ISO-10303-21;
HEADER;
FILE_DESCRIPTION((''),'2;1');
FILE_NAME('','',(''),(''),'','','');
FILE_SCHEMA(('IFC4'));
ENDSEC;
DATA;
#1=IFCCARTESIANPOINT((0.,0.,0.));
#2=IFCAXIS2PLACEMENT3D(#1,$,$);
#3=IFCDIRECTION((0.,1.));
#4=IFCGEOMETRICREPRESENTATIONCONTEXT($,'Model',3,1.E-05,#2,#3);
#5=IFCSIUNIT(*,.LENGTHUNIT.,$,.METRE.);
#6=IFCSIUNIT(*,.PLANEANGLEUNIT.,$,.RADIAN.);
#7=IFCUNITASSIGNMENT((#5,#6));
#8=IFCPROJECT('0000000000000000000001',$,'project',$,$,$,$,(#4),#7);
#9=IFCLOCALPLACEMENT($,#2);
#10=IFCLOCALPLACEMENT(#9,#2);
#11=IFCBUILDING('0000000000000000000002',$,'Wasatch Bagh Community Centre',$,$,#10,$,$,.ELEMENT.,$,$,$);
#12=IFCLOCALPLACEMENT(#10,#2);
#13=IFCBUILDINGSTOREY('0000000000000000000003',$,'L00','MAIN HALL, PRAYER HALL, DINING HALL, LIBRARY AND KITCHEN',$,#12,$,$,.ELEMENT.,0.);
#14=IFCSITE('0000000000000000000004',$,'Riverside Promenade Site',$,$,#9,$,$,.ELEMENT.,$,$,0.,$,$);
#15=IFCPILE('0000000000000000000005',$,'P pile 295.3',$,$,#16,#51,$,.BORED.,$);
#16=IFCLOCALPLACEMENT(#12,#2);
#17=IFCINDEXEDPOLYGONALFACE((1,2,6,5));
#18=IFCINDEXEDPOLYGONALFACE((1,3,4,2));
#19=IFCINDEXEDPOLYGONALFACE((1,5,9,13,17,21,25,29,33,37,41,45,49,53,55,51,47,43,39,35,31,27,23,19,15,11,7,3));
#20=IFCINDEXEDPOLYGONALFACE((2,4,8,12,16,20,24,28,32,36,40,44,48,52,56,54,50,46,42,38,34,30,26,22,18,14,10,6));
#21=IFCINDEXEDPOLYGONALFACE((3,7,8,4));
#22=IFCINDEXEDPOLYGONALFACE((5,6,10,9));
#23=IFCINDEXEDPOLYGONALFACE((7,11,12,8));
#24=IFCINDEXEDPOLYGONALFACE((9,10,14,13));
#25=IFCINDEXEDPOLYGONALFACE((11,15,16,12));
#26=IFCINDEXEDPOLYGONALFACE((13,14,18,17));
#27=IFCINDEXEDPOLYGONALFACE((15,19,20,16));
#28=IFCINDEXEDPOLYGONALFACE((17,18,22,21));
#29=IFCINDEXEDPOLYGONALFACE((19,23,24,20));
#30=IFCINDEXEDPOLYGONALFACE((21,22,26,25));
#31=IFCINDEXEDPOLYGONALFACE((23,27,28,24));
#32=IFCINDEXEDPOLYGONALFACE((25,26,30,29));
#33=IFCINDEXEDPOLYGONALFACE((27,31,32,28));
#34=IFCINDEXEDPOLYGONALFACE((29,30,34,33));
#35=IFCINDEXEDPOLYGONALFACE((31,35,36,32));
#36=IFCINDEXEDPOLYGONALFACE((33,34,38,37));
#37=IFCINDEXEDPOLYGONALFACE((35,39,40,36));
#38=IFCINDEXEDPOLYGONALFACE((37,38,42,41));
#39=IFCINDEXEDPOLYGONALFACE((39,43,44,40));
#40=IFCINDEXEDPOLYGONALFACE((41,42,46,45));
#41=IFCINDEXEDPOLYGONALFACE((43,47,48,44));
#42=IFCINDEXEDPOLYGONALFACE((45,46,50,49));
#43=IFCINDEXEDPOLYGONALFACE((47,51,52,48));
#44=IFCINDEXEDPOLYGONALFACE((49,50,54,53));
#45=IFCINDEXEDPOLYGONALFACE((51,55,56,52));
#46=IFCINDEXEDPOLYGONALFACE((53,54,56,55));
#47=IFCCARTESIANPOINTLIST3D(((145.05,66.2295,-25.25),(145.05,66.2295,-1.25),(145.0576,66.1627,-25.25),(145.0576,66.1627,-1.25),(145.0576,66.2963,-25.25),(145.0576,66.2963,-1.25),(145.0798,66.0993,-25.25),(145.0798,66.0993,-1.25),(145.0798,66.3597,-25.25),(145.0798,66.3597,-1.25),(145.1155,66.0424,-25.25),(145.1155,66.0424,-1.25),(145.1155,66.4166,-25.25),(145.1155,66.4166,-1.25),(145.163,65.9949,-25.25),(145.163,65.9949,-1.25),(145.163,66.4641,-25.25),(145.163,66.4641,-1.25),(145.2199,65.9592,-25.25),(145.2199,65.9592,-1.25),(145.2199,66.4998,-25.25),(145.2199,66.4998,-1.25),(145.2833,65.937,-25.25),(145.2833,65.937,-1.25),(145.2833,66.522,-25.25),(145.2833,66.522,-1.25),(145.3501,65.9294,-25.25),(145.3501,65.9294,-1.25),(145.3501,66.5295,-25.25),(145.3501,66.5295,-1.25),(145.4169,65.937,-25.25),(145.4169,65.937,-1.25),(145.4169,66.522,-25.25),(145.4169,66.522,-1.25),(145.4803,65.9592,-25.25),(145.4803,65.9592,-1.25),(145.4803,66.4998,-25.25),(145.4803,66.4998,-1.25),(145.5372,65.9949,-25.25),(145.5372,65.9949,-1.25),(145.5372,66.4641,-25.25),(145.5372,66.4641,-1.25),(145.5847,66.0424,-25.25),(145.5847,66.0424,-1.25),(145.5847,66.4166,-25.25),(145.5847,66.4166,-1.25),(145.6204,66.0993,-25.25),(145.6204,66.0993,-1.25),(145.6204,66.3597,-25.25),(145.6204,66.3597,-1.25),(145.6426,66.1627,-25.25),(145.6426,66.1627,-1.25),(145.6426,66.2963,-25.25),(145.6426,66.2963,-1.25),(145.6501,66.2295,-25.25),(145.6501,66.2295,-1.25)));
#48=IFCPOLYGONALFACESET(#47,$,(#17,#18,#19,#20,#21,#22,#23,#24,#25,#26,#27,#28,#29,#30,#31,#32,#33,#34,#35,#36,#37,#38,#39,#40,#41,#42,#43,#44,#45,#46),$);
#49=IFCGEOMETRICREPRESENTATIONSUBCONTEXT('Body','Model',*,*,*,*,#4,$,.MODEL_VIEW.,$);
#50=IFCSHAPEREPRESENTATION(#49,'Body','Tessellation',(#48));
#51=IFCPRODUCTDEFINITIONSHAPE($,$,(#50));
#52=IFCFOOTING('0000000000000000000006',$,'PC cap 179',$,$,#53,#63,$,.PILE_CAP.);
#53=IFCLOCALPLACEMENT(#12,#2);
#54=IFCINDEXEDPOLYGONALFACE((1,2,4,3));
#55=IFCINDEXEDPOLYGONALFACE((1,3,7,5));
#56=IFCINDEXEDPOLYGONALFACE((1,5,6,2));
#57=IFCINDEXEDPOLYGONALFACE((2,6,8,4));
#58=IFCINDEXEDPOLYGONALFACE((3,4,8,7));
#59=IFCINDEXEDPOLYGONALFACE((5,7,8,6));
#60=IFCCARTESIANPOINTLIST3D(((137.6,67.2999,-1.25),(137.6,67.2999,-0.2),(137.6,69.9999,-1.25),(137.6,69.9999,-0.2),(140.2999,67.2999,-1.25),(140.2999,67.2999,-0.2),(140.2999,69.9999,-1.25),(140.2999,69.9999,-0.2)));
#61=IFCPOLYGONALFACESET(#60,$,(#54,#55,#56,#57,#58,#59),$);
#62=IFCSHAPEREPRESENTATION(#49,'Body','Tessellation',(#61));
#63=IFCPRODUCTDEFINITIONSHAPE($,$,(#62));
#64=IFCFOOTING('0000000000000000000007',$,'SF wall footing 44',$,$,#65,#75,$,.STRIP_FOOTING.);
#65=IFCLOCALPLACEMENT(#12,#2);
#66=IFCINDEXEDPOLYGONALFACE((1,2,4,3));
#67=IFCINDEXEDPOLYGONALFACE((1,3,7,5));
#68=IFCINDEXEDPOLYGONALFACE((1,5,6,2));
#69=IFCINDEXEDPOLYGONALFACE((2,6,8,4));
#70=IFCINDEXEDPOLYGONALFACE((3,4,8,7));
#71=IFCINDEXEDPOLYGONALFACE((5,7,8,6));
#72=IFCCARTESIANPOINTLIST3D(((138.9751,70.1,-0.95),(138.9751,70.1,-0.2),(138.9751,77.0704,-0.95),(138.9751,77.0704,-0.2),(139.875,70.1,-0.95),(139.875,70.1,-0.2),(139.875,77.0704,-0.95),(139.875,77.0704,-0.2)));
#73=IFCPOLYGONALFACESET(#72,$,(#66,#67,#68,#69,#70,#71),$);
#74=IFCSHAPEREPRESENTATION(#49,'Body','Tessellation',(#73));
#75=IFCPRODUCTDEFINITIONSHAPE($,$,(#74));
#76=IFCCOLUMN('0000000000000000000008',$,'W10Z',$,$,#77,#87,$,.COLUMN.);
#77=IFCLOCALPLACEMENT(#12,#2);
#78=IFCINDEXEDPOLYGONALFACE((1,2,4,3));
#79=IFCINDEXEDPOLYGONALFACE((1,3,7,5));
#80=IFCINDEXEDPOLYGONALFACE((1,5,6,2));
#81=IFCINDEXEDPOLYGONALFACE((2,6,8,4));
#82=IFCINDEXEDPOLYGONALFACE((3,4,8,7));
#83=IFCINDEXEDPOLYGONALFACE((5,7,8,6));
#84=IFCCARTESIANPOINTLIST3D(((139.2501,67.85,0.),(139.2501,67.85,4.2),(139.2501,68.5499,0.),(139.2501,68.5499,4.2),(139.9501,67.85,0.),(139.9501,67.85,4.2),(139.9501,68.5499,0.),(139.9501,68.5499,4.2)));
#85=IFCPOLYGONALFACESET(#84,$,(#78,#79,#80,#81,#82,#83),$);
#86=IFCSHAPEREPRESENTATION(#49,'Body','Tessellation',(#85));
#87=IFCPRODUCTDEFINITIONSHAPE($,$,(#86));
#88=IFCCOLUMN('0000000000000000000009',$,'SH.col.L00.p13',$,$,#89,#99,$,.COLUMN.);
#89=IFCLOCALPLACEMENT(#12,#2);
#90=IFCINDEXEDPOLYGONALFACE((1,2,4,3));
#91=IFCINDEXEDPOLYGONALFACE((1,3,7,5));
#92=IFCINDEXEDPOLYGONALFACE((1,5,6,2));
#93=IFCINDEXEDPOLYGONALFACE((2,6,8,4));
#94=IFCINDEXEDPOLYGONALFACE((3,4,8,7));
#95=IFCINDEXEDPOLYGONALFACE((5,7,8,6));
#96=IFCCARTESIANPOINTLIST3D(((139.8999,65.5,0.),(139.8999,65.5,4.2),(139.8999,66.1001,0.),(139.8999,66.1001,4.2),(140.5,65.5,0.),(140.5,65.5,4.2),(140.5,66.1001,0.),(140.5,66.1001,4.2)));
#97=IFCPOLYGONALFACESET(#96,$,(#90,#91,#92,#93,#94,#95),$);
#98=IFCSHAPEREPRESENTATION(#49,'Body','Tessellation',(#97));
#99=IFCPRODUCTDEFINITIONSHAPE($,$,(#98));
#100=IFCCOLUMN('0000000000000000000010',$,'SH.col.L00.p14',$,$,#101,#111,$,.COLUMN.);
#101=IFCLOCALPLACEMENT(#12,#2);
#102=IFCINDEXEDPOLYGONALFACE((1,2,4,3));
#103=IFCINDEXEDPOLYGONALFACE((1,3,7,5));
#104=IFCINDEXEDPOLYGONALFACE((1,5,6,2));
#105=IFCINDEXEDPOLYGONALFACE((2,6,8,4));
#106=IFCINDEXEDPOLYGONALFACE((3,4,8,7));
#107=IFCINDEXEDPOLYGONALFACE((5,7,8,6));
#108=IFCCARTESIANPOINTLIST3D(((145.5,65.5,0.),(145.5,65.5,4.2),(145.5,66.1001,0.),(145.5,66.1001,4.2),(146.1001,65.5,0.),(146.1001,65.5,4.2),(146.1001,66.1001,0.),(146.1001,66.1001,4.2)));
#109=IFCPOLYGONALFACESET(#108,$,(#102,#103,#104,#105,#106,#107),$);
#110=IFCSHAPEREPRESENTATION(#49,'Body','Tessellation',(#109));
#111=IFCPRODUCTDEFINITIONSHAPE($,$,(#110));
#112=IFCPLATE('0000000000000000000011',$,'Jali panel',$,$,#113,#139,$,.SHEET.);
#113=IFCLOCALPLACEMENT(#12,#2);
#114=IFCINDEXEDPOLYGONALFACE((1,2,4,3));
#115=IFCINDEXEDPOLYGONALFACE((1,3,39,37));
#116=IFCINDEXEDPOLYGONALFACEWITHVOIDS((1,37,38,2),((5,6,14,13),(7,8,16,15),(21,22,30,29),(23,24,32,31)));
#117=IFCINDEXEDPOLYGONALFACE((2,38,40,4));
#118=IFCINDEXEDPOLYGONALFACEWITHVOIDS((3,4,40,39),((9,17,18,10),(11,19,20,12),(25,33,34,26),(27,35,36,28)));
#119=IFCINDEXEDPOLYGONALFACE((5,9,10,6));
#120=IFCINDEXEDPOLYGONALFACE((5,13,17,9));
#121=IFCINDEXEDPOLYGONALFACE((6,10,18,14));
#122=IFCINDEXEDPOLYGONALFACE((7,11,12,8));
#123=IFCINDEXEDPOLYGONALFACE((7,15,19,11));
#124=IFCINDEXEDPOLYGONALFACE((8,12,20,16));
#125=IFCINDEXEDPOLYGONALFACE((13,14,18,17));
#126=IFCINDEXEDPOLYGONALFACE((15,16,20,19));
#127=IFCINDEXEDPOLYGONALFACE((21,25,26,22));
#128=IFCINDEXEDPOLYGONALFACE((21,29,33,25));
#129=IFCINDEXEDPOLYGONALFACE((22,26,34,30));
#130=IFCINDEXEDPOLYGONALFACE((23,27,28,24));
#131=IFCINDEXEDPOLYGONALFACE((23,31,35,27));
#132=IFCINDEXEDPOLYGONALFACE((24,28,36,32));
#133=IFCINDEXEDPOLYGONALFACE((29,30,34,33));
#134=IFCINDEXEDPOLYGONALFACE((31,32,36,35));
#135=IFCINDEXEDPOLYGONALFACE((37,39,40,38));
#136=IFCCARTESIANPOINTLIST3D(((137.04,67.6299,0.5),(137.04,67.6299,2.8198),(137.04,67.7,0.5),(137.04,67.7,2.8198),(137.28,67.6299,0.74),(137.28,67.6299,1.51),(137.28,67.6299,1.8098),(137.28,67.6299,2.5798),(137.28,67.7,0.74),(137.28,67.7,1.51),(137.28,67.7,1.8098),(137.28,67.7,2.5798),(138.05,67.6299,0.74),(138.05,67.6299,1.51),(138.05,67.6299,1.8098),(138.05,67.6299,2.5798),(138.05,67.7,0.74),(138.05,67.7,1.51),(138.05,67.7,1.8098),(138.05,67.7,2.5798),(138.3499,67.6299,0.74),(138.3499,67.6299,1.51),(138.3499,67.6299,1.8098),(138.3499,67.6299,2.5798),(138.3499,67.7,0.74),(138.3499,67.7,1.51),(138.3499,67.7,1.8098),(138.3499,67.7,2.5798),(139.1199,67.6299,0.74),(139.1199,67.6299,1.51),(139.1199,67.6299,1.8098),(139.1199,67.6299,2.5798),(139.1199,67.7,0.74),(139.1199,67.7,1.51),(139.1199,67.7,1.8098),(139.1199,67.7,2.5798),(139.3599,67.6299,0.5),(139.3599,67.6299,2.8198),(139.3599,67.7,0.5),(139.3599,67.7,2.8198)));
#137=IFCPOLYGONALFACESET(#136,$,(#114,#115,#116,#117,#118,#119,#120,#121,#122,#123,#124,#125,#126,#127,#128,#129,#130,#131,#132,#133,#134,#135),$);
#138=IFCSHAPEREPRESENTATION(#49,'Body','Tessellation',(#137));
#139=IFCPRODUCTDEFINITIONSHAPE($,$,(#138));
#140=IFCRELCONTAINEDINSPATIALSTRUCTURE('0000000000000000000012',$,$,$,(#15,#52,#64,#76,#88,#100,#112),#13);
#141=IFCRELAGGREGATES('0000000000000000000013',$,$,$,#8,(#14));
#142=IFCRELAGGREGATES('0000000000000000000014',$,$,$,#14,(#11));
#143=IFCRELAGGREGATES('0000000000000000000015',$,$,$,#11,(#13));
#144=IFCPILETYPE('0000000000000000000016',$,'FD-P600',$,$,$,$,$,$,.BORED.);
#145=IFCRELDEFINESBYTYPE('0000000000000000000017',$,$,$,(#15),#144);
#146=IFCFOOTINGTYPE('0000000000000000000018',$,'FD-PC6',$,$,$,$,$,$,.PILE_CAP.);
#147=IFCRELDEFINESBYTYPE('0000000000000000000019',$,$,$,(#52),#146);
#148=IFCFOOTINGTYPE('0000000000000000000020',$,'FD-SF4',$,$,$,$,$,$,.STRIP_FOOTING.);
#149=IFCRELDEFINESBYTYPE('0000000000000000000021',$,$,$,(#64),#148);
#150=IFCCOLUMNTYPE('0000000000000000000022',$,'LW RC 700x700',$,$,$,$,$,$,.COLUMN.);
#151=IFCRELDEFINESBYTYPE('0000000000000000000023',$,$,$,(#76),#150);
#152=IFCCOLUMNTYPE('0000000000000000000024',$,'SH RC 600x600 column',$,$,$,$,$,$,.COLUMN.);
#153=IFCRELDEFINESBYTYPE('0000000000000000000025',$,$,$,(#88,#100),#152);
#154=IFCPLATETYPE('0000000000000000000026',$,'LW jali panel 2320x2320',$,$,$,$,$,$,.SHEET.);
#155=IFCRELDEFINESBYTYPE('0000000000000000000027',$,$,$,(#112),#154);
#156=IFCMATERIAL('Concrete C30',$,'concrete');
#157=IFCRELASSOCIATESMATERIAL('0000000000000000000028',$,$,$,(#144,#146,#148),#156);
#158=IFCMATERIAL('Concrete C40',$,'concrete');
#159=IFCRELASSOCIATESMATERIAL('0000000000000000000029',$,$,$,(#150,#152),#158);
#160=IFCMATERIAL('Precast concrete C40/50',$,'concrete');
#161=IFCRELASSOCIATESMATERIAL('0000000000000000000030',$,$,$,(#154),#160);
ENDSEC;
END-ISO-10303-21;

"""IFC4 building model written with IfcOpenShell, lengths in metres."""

from ifc_helpers import new_model, si_unit, direction, frame, origin, origin_2d, place, context, subcontext, project, spatial, polyline, rectangle, circle, outline, extrude, material, material_profile, profile_set, type_object, element, save


model = new_model("IFC4")

# Units and contexts
model_context = context("Model", 3, precision=1e-05, world=origin(), true_north=direction((0.0, 1.0)))
body_context = subcontext(model_context, "Body", "Model", "MODEL_VIEW")
ifc_project = project(units=[si_unit("LENGTHUNIT", "METRE"), si_unit("PLANEANGLEUNIT", "RADIAN")], contexts=[model_context])

# Site, building, storey
site_placement = place(None, origin())
site = spatial("IfcSite", under=ifc_project, at=site_placement, Name="Riverside Promenade Site", CompositionType="ELEMENT", RefElevation=0.0)
building_placement = place(site_placement, origin())
building = spatial("IfcBuilding", under=site, at=building_placement, Name="Wasatch Bagh Community Centre", CompositionType="ELEMENT")
storey_placement = place(building_placement, origin())
storey = spatial("IfcBuildingStorey", under=building, at=storey_placement, Name="L00", Description="MAIN HALL, PRAYER HALL, DINING HALL, LIBRARY AND KITCHEN", CompositionType="ELEMENT", Elevation=0.0)

# Pile
ifc_material_1 = material(Name="Concrete C30", Category="concrete")
ifc_material_profile_1 = material_profile(ifc_material_1, circle(Radius=0.3, at=origin_2d()), Name="RC D600")
ifc_profile_set_1 = profile_set([ifc_material_profile_1], Name="Concrete C30")
pile_type_1 = type_object("IfcPileType", Name="FD-P600", PredefinedType="BORED", material=ifc_profile_set_1)
for number, where, z_axis, x_axis, name in (
    (1, (145.3501, 66.2295, -1.25), (0.0, 0.0, -1.0), (1.0, 0.0, 0.0), "P pile 295.3"),
):
    element("IfcPile", number, at=place(storey_placement, frame(where, z_axis=z_axis, x_axis=x_axis)), inside=storey, type_object=pile_type_1, Name=name, PredefinedType="BORED", context=body_context, shape_type="SweptSolid", body=[
        extrude(circle(Radius=0.3, at=origin_2d()), origin(), (0.0, 0.0, 1.0), 24.0),
    ])

# Footings
footing_type_1 = type_object("IfcFootingType", Name="FD-PC6", PredefinedType="PILE_CAP", material=ifc_material_1)
footing_1_placement = place(storey_placement, frame((138.95, 68.6499, -1.25), z_axis=(0.0, 0.0, 1.0), x_axis=(1.0, 0.0, 0.0)))
element("IfcFooting", 2, at=footing_1_placement, inside=storey, type_object=footing_type_1, Name="PC cap 179", PredefinedType="PILE_CAP", context=body_context, shape_type="SweptSolid", body=[
    extrude(rectangle(XDim=2.7, YDim=2.7, at=origin_2d()), origin(), (0.0, 0.0, 1.0), 1.05),
])
footing_type_2 = type_object("IfcFootingType", Name="FD-SF4", PredefinedType="STRIP_FOOTING", material=ifc_material_1)
footing_2_placement = place(storey_placement, frame((139.425, 73.5852, -0.95), z_axis=(0.0, 0.0, 1.0), x_axis=(0.0, -1.0, 0.0)))
element("IfcFooting", 3, at=footing_2_placement, inside=storey, type_object=footing_type_2, Name="SF wall footing 44", PredefinedType="STRIP_FOOTING", context=body_context, shape_type="SweptSolid", body=[
    extrude(rectangle(XDim=6.9705, YDim=0.8999, at=origin_2d()), origin(), (0.0, 0.0, 1.0), 0.75),
])

# Columns
ifc_material_2 = material(Name="Concrete C40", Category="concrete")
ifc_material_profile_2 = material_profile(ifc_material_2, rectangle(XDim=0.7, YDim=0.7, at=origin_2d()), Name="RC 700x700")
ifc_profile_set_2 = profile_set([ifc_material_profile_2], Name="Concrete C40")
column_type_1 = type_object("IfcColumnType", Name="LW RC 700x700", PredefinedType="COLUMN", material=ifc_profile_set_2)
column_placement = place(storey_placement, frame((139.6001, 68.2, 0.0), z_axis=(0.0, 0.0, 1.0), x_axis=(1.0, 0.0, 0.0)))
element("IfcColumn", 4, at=column_placement, inside=storey, type_object=column_type_1, Name="W10Z", PredefinedType="COLUMN", context=body_context, shape_type="SweptSolid", body=[
    extrude(rectangle(XDim=0.7, YDim=0.7, at=origin_2d()), origin(), (0.0, 0.0, 1.0), 4.2),
])
ifc_material_profile_3 = material_profile(ifc_material_2, rectangle(XDim=0.6001, YDim=0.6001, at=origin_2d()), Name="RC 600x600")
ifc_profile_set_3 = profile_set([ifc_material_profile_3], Name="Concrete C40")
column_type_2 = type_object("IfcColumnType", Name="SH RC 600x600 column", PredefinedType="COLUMN", material=ifc_profile_set_3)
for number, where, z_axis, x_axis, name in (
    (5, (140.2, 65.8, 0.0), (0.0, 0.0, 1.0), (1.0, 0.0, 0.0), "SH.col.L00.p13"),
    (6, (145.8, 65.8, 0.0), (0.0, 0.0, 1.0), (1.0, 0.0, 0.0), "SH.col.L00.p14"),
):
    element("IfcColumn", number, at=place(storey_placement, frame(where, z_axis=z_axis, x_axis=x_axis)), inside=storey, type_object=column_type_2, Name=name, PredefinedType="COLUMN", context=body_context, shape_type="SweptSolid", body=[
        extrude(rectangle(XDim=0.6001, YDim=0.6001, at=origin_2d()), origin(), (0.0, 0.0, 1.0), 4.2),
    ])

# Plate
ifc_material_3 = material(Name="Precast concrete C40/50", Category="concrete")
ifc_material_profile_4 = material_profile(ifc_material_3, outline(polyline([(-1.1599, -1.1599), (1.1599, -1.1599), (1.1599, 1.1599), (-1.1599, 1.1599), (-1.1599, -1.1599)]), holes=[polyline([(-0.9199, -0.9199), (-0.1499, -0.9199), (-0.1499, -0.1499), (-0.9199, -0.1499), (-0.9199, -0.9199)]), polyline([(-0.9199, 0.1499), (-0.1499, 0.1499), (-0.1499, 0.9199), (-0.9199, 0.9199), (-0.9199, 0.1499)]), polyline([(0.1499, -0.9199), (0.9199, -0.9199), (0.9199, -0.1499), (0.1499, -0.1499), (0.1499, -0.9199)]), polyline([(0.1499, 0.1499), (0.9199, 0.1499), (0.9199, 0.9199), (0.1499, 0.9199), (0.1499, 0.1499)])]), Name="Jali lattice")
ifc_profile_set_4 = profile_set([ifc_material_profile_4], Name="Precast concrete C40/50")
plate_type = type_object("IfcPlateType", Name="LW jali panel 2320x2320", PredefinedType="SHEET", material=ifc_profile_set_4)
plate_placement = place(storey_placement, frame((138.2, 67.7, 1.6599), z_axis=(0.0, -1.0, 0.0), x_axis=(1.0, 0.0, 0.0)))
element("IfcPlate", 7, at=plate_placement, inside=storey, type_object=plate_type, Name="Jali panel", PredefinedType="SHEET", context=body_context, shape_type="SweptSolid", body=[
    extrude(outline(polyline([(-1.1599, -1.1599), (1.1599, -1.1599), (1.1599, 1.1599), (-1.1599, 1.1599), (-1.1599, -1.1599)]), holes=[polyline([(-0.9199, -0.9199), (-0.1499, -0.9199), (-0.1499, -0.1499), (-0.9199, -0.1499), (-0.9199, -0.9199)]), polyline([(-0.9199, 0.1499), (-0.1499, 0.1499), (-0.1499, 0.9199), (-0.9199, 0.9199), (-0.9199, 0.1499)]), polyline([(0.1499, -0.9199), (0.9199, -0.9199), (0.9199, -0.1499), (0.1499, -0.1499), (0.1499, -0.9199)]), polyline([(0.1499, 0.1499), (0.9199, 0.1499), (0.9199, 0.9199), (0.1499, 0.9199), (0.1499, 0.1499)])]), origin(), (0.0, 0.0, 1.0), 0.0701),
])

save(model, "model.ifc")
